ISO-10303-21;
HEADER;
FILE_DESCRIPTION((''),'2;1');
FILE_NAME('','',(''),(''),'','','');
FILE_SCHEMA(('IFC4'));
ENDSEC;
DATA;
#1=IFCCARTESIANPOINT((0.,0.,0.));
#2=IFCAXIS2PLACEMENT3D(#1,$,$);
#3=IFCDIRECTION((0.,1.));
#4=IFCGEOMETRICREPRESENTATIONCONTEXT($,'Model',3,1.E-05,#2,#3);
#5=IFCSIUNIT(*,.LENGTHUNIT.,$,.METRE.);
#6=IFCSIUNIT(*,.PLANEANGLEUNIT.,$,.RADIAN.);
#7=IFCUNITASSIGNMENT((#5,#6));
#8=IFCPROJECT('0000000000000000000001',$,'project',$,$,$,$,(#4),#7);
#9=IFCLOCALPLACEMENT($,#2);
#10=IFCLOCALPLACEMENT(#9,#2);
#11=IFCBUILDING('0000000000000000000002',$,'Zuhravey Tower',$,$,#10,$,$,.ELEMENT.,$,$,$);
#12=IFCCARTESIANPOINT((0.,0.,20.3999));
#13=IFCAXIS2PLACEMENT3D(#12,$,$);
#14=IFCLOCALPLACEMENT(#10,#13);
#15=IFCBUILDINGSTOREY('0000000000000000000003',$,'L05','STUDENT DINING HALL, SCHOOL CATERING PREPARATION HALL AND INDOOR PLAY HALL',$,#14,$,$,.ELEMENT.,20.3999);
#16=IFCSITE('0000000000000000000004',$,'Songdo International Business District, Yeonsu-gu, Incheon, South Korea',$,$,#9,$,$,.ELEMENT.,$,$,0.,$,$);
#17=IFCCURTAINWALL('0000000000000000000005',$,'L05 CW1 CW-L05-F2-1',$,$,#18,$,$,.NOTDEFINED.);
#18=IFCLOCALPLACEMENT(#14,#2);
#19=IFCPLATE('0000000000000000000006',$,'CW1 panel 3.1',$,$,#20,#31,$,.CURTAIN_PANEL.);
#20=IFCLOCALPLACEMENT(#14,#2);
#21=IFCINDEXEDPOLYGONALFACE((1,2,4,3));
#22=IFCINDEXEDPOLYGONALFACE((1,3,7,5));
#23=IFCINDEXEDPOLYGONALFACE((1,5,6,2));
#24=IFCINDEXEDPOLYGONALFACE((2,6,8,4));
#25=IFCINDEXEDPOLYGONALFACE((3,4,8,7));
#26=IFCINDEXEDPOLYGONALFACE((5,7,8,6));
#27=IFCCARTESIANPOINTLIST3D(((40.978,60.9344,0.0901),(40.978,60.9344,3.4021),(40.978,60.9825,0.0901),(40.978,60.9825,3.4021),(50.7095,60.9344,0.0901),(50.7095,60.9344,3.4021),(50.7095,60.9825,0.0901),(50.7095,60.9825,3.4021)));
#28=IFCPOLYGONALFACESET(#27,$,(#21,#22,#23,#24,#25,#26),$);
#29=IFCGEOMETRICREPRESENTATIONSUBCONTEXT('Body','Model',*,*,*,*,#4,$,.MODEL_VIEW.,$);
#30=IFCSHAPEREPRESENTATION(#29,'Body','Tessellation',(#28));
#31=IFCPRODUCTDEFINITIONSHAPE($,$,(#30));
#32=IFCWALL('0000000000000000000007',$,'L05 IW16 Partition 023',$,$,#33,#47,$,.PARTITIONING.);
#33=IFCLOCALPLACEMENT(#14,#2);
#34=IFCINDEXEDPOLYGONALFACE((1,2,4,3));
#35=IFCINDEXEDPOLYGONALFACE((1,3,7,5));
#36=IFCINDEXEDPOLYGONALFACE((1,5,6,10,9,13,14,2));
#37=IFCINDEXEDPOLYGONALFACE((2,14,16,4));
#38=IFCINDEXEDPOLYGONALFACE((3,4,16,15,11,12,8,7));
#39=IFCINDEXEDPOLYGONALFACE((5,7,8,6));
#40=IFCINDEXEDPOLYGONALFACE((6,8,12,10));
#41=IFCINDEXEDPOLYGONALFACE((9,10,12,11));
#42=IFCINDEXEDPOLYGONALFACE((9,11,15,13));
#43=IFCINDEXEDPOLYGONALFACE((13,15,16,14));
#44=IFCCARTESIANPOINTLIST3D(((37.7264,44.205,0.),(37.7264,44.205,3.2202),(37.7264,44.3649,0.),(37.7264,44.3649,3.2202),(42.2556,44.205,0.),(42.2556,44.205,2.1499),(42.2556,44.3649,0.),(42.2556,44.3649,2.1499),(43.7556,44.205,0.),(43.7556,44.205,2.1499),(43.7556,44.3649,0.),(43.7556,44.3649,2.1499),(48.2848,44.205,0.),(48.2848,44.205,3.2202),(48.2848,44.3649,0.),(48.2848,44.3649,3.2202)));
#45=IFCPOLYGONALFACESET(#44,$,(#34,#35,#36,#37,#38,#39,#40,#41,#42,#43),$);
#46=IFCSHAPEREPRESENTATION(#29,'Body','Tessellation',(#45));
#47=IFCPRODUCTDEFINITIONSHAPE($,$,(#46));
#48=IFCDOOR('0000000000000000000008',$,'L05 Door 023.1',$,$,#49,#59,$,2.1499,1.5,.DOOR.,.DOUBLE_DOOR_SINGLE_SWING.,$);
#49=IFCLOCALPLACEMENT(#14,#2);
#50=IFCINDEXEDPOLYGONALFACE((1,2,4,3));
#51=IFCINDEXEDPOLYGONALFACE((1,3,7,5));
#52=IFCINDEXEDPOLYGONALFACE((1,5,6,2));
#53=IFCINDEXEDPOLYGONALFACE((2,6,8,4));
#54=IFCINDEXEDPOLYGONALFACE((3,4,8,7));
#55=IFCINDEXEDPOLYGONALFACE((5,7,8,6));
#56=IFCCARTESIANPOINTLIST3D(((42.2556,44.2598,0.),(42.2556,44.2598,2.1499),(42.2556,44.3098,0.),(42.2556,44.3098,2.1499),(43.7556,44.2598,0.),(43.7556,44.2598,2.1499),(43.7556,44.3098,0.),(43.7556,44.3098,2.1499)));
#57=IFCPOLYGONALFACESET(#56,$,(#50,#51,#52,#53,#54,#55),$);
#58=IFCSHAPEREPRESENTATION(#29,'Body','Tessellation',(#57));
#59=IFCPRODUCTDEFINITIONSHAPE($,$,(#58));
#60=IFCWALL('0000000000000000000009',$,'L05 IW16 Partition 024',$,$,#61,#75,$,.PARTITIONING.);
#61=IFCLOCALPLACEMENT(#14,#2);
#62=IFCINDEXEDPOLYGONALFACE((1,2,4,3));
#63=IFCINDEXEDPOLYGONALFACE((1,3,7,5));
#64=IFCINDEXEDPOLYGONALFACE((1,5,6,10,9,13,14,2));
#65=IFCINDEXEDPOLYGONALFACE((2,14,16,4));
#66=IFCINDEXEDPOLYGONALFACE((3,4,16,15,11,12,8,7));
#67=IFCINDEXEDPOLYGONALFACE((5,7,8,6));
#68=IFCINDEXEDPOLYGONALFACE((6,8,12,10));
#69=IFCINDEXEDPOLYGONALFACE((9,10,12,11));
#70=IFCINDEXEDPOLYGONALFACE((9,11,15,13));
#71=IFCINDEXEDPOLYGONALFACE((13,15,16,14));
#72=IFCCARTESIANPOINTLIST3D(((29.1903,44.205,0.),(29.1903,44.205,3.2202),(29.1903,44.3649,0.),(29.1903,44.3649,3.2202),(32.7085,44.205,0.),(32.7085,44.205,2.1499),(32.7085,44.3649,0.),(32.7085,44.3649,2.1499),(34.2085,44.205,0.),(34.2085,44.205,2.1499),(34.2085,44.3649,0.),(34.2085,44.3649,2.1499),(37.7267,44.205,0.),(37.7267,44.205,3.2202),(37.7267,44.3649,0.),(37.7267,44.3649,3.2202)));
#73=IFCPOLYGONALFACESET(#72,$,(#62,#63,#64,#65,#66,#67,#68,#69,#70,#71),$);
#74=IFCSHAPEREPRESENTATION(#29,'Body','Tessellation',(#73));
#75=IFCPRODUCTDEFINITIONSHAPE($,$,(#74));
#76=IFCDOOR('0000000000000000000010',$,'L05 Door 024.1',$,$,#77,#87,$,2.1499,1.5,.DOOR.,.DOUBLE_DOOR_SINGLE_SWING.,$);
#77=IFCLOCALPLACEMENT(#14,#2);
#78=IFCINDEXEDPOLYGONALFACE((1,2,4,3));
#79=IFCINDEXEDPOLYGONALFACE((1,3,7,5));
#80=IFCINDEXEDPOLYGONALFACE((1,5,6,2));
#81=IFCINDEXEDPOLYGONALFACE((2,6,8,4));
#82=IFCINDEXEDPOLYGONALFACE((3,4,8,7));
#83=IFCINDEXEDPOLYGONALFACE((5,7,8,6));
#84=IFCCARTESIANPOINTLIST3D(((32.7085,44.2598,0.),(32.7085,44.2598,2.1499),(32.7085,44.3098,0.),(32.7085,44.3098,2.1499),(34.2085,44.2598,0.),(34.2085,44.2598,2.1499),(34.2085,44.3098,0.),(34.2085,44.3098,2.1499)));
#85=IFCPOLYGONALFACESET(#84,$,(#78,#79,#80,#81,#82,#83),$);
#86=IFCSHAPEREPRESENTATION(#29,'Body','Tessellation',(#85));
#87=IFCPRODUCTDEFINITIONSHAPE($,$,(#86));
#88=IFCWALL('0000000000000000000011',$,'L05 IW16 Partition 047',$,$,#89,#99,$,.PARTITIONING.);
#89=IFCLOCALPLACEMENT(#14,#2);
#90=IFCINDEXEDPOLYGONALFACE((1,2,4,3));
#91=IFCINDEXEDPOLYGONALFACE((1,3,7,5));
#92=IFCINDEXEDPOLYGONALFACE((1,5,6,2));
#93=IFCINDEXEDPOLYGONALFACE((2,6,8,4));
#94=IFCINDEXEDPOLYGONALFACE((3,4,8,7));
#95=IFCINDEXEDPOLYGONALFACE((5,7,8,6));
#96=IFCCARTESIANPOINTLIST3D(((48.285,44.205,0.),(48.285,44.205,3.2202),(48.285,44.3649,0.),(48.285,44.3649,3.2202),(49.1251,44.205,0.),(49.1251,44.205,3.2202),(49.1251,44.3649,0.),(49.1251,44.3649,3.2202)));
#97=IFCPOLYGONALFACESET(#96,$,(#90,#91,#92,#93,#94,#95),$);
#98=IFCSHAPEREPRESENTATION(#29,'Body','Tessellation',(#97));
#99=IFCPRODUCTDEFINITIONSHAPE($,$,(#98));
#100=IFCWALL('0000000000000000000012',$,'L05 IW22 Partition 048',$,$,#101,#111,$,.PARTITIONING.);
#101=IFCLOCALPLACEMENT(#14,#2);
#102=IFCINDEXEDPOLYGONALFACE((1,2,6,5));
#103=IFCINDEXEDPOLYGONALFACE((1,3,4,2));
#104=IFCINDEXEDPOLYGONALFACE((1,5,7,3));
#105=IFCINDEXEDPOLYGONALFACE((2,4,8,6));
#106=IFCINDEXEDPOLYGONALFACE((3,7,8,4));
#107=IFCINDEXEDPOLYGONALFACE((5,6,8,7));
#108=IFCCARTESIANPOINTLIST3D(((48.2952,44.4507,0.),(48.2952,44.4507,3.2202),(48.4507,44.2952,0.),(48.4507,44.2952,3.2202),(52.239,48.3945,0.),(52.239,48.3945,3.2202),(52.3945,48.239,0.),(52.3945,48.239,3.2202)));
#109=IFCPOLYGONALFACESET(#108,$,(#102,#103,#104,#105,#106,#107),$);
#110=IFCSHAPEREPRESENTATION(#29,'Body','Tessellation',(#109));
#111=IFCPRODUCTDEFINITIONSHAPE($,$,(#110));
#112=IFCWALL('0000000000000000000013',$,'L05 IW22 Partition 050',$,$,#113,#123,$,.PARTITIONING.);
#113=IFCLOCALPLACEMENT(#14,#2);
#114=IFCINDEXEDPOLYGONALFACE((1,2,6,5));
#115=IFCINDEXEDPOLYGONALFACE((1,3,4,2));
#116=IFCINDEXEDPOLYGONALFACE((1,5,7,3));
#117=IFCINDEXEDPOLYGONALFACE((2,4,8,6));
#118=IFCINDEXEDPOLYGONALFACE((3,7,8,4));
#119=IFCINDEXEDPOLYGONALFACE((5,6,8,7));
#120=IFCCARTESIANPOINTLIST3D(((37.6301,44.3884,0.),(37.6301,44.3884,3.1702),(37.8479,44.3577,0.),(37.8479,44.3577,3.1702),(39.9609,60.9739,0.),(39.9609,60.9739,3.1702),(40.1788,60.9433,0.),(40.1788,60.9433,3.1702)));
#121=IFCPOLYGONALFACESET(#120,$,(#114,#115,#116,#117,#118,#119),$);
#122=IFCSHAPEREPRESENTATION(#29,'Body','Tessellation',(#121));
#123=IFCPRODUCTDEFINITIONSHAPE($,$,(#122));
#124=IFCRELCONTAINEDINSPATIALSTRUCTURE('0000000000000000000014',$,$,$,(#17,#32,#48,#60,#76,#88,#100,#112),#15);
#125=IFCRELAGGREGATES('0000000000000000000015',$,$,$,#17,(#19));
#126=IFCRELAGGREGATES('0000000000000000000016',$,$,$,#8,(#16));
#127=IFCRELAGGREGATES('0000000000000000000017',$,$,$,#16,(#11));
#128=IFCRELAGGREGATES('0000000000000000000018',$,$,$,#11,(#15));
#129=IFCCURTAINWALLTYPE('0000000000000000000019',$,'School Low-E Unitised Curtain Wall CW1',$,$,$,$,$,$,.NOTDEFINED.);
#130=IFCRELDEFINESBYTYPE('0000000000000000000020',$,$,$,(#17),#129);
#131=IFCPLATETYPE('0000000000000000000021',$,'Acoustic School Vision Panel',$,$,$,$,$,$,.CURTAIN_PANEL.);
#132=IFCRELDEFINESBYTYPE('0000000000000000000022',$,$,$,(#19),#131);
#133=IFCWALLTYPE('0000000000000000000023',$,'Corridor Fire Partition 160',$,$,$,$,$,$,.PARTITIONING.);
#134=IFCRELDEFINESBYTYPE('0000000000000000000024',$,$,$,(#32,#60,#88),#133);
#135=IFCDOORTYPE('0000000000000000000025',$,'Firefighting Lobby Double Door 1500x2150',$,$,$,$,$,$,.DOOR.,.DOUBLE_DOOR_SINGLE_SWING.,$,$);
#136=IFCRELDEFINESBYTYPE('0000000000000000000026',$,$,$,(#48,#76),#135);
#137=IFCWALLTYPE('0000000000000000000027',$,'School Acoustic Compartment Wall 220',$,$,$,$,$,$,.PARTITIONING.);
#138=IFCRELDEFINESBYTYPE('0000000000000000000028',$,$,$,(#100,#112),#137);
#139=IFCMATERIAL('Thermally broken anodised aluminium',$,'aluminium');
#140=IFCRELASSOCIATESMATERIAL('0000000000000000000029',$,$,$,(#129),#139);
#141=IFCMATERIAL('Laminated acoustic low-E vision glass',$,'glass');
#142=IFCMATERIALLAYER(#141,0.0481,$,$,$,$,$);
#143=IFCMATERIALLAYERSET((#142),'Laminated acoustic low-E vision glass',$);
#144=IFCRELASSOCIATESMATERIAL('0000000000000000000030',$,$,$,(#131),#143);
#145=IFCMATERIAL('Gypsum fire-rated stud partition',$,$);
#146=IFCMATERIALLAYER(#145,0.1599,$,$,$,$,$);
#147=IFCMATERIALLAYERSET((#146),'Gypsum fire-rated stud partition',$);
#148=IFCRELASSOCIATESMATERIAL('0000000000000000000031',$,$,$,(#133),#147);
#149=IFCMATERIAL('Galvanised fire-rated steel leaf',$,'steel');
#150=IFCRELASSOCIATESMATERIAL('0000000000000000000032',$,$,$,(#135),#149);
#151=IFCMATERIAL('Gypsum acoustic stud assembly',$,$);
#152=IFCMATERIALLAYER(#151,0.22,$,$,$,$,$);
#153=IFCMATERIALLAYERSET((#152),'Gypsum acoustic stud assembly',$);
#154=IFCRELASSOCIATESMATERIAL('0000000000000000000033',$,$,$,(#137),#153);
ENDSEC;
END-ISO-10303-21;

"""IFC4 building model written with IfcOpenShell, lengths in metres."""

from ifc_helpers import new_model, si_unit, direction, frame, frame_2d, origin, origin_2d, place, context, subcontext, project, spatial, rectangle, extrude, material, layer, layer_set, type_object, element, fill, aggregate, save


model = new_model("IFC4")

# Units and contexts
model_context = context("Model", 3, precision=1e-05, world=origin(), true_north=direction((0.0, 1.0)))
body_context = subcontext(model_context, "Body", "Model", "MODEL_VIEW")
ifc_project = project(units=[si_unit("LENGTHUNIT", "METRE"), si_unit("PLANEANGLEUNIT", "RADIAN")], contexts=[model_context])

# Site, building, storey
site_placement = place(None, origin())
site = spatial("IfcSite", under=ifc_project, at=site_placement, Name="Songdo International Business District, Yeonsu-gu, Incheon, South Korea", CompositionType="ELEMENT", RefElevation=0.0)
building_placement = place(site_placement, origin())
building = spatial("IfcBuilding", under=site, at=building_placement, Name="Zuhravey Tower", CompositionType="ELEMENT")
storey_placement = place(building_placement, frame((0.0, 0.0, 20.3999)))
storey = spatial("IfcBuildingStorey", under=building, at=storey_placement, Name="L05", Description="STUDENT DINING HALL, SCHOOL CATERING PREPARATION HALL AND INDOOR PLAY HALL", CompositionType="ELEMENT", Elevation=20.3999)

# Curtain wall
ifc_material_1 = material(Name="Thermally broken anodised aluminium", Category="aluminium")
curtain_wall_type = type_object("IfcCurtainWallType", Name="School Low-E Unitised Curtain Wall CW1", PredefinedType="NOTDEFINED", material=ifc_material_1)
curtain_wall_placement = place(storey_placement, origin())
curtain_wall = element("IfcCurtainWall", 1, at=curtain_wall_placement, inside=storey, type_object=curtain_wall_type, Name="L05 CW1 CW-L05-F2-1", PredefinedType="NOTDEFINED")

# Plate
ifc_material_2 = material(Name="Laminated acoustic low-E vision glass", Category="glass")
ifc_layer_1 = layer(ifc_material_2, 0.0481)
ifc_layer_set_1 = layer_set([ifc_layer_1], Name="Laminated acoustic low-E vision glass")
plate_type = type_object("IfcPlateType", Name="Acoustic School Vision Panel", PredefinedType="CURTAIN_PANEL", material=ifc_layer_set_1)
plate_1_placement = place(storey_placement, frame((45.8438, 60.9585, 0.0901), z_axis=(0.0, 0.0, 1.0), x_axis=(1.0, 0.0, 0.0)))
plate_1 = element("IfcPlate", 2, at=plate_1_placement, type_object=plate_type, Name="CW1 panel 3.1", PredefinedType="CURTAIN_PANEL", context=body_context, shape_type="SweptSolid", body=[
    extrude(rectangle(XDim=9.7314, YDim=0.0481, at=origin_2d()), origin(), (0.0, 0.0, 1.0), 3.312),
])
aggregate(curtain_wall, [plate_1])

# Walls, openings, doors
ifc_material_3 = material(Name="Gypsum fire-rated stud partition")
ifc_layer_2 = layer(ifc_material_3, 0.1599)
ifc_layer_set_2 = layer_set([ifc_layer_2], Name="Gypsum fire-rated stud partition")
wall_type_1 = type_object("IfcWallType", Name="Corridor Fire Partition 160", PredefinedType="PARTITIONING", material=ifc_layer_set_2)
wall_1_placement = place(storey_placement, frame((48.2849, 44.2849, 0.0), z_axis=(0.0, 0.0, 1.0), x_axis=(-1.0, 0.0, 0.0)))
wall_1 = element("IfcWall", 3, at=wall_1_placement, inside=storey, type_object=wall_type_1, Name="L05 IW16 Partition 023", PredefinedType="PARTITIONING", context=body_context, shape_type="SweptSolid", body=[
    extrude(rectangle(XDim=10.5583, YDim=0.1599, at=frame_2d((5.2793, 0.0))), origin(), (0.0, 0.0, 1.0), 3.2202),
])
opening_1_placement = place(wall_1_placement, frame((4.5293, 0.0, 0.0)))
opening_1 = element("IfcOpeningElement", 4, at=opening_1_placement, cuts=wall_1, PredefinedType="OPENING", context=body_context, shape_type="SweptSolid", body=[
    extrude(rectangle(XDim=1.5, YDim=2.1499, at=frame_2d((0.75, 1.075))), frame((0.0, 0.092, 0.0), z_axis=(0.0, -1.0, 0.0), x_axis=(1.0, 0.0, 0.0)), (0.0, 0.0, 1.0), 0.1838),
])
ifc_material_4 = material(Name="Galvanised fire-rated steel leaf", Category="steel")
door_type = type_object("IfcDoorType", Name="Firefighting Lobby Double Door 1500x2150", OperationType="DOUBLE_DOOR_SINGLE_SWING", PredefinedType="DOOR", material=ifc_material_4)
door_1_placement = place(opening_1_placement, frame((1.5, 0.0, 0.0), z_axis=(0.0, 0.0, 1.0), x_axis=(-1.0, 0.0, 0.0)))
door_1 = element("IfcDoor", 5, at=door_1_placement, inside=storey, type_object=door_type, Name="L05 Door 023.1", OperationType="DOUBLE_DOOR_SINGLE_SWING", OverallHeight=2.1499, OverallWidth=1.5, PredefinedType="DOOR", context=body_context, shape_type="SweptSolid", body=[
    extrude(rectangle(XDim=1.5, YDim=2.1499, at=frame_2d((0.75, 1.075))), frame((0.0, 0.0249, 0.0), z_axis=(0.0, -1.0, 0.0), x_axis=(1.0, 0.0, 0.0)), (0.0, 0.0, 1.0), 0.05),
])
fill(opening_1, door_1)
wall_2_placement = place(storey_placement, frame((37.7266, 44.2849, 0.0), z_axis=(0.0, 0.0, 1.0), x_axis=(-1.0, 0.0, 0.0)))
wall_2 = element("IfcWall", 6, at=wall_2_placement, inside=storey, type_object=wall_type_1, Name="L05 IW16 Partition 024", PredefinedType="PARTITIONING", context=body_context, shape_type="SweptSolid", body=[
    extrude(rectangle(XDim=8.5364, YDim=0.1599, at=frame_2d((4.2681, 0.0))), origin(), (0.0, 0.0, 1.0), 3.2202),
])
opening_2_placement = place(wall_2_placement, frame((3.5181, 0.0, 0.0)))
opening_2 = element("IfcOpeningElement", 7, at=opening_2_placement, cuts=wall_2, PredefinedType="OPENING", context=body_context, shape_type="SweptSolid", body=[
    extrude(rectangle(XDim=1.5, YDim=2.1499, at=frame_2d((0.75, 1.075))), frame((0.0, 0.092, 0.0), z_axis=(0.0, -1.0, 0.0), x_axis=(1.0, 0.0, 0.0)), (0.0, 0.0, 1.0), 0.1838),
])
door_2_placement = place(opening_2_placement, frame((1.5, 0.0, 0.0), z_axis=(0.0, 0.0, 1.0), x_axis=(-1.0, 0.0, 0.0)))
door_2 = element("IfcDoor", 8, at=door_2_placement, inside=storey, type_object=door_type, Name="L05 Door 024.1", OperationType="DOUBLE_DOOR_SINGLE_SWING", OverallHeight=2.1499, OverallWidth=1.5, PredefinedType="DOOR", context=body_context, shape_type="SweptSolid", body=[
    extrude(rectangle(XDim=1.5, YDim=2.1499, at=frame_2d((0.75, 1.075))), frame((0.0, 0.0249, 0.0), z_axis=(0.0, -1.0, 0.0), x_axis=(1.0, 0.0, 0.0)), (0.0, 0.0, 1.0), 0.05),
])
fill(opening_2, door_2)

# Walls
wall_3_placement = place(storey_placement, frame((49.125, 44.2849, 0.0), z_axis=(0.0, 0.0, 1.0), x_axis=(-1.0, 0.0, 0.0)))
element("IfcWall", 9, at=wall_3_placement, inside=storey, type_object=wall_type_1, Name="L05 IW16 Partition 047", PredefinedType="PARTITIONING", context=body_context, shape_type="SweptSolid", body=[
    extrude(rectangle(XDim=0.8401, YDim=0.1599, at=frame_2d((0.4199, 0.0))), origin(), (0.0, 0.0, 1.0), 3.2202),
])
ifc_material_5 = material(Name="Gypsum acoustic stud assembly")
ifc_layer_3 = layer(ifc_material_5, 0.22)
ifc_layer_set_3 = layer_set([ifc_layer_3], Name="Gypsum acoustic stud assembly")
wall_type_2 = type_object("IfcWallType", Name="School Acoustic Compartment Wall 220", PredefinedType="PARTITIONING", material=ifc_layer_set_3)
wall_4_placement = place(storey_placement, frame((48.373, 44.373, 0.0), z_axis=(0.0, 0.0, 1.0), x_axis=(0.707107, 0.707107, 0.0)))
element("IfcWall", 10, at=wall_4_placement, inside=storey, type_object=wall_type_2, Name="L05 IW22 Partition 048", PredefinedType="PARTITIONING", context=body_context, shape_type="SweptSolid", body=[
    extrude(rectangle(XDim=5.5774, YDim=0.22, at=frame_2d((2.7886, 0.0))), origin(), (0.0, 0.0, 1.0), 3.2202),
])
wall_5_placement = place(storey_placement, frame((37.739, 44.373, 0.0), z_axis=(0.0, 0.0, 1.0), x_axis=(0.139166, 0.990269, 0.0)))
element("IfcWall", 11, at=wall_5_placement, inside=storey, type_object=wall_type_2, Name="L05 IW22 Partition 050", PredefinedType="PARTITIONING", context=body_context, shape_type="SweptSolid", body=[
    extrude(rectangle(XDim=16.7485, YDim=0.22, at=frame_2d((8.3743, 0.0))), origin(), (0.0, 0.0, 1.0), 3.1702),
])

save(model, "model.ifc")
